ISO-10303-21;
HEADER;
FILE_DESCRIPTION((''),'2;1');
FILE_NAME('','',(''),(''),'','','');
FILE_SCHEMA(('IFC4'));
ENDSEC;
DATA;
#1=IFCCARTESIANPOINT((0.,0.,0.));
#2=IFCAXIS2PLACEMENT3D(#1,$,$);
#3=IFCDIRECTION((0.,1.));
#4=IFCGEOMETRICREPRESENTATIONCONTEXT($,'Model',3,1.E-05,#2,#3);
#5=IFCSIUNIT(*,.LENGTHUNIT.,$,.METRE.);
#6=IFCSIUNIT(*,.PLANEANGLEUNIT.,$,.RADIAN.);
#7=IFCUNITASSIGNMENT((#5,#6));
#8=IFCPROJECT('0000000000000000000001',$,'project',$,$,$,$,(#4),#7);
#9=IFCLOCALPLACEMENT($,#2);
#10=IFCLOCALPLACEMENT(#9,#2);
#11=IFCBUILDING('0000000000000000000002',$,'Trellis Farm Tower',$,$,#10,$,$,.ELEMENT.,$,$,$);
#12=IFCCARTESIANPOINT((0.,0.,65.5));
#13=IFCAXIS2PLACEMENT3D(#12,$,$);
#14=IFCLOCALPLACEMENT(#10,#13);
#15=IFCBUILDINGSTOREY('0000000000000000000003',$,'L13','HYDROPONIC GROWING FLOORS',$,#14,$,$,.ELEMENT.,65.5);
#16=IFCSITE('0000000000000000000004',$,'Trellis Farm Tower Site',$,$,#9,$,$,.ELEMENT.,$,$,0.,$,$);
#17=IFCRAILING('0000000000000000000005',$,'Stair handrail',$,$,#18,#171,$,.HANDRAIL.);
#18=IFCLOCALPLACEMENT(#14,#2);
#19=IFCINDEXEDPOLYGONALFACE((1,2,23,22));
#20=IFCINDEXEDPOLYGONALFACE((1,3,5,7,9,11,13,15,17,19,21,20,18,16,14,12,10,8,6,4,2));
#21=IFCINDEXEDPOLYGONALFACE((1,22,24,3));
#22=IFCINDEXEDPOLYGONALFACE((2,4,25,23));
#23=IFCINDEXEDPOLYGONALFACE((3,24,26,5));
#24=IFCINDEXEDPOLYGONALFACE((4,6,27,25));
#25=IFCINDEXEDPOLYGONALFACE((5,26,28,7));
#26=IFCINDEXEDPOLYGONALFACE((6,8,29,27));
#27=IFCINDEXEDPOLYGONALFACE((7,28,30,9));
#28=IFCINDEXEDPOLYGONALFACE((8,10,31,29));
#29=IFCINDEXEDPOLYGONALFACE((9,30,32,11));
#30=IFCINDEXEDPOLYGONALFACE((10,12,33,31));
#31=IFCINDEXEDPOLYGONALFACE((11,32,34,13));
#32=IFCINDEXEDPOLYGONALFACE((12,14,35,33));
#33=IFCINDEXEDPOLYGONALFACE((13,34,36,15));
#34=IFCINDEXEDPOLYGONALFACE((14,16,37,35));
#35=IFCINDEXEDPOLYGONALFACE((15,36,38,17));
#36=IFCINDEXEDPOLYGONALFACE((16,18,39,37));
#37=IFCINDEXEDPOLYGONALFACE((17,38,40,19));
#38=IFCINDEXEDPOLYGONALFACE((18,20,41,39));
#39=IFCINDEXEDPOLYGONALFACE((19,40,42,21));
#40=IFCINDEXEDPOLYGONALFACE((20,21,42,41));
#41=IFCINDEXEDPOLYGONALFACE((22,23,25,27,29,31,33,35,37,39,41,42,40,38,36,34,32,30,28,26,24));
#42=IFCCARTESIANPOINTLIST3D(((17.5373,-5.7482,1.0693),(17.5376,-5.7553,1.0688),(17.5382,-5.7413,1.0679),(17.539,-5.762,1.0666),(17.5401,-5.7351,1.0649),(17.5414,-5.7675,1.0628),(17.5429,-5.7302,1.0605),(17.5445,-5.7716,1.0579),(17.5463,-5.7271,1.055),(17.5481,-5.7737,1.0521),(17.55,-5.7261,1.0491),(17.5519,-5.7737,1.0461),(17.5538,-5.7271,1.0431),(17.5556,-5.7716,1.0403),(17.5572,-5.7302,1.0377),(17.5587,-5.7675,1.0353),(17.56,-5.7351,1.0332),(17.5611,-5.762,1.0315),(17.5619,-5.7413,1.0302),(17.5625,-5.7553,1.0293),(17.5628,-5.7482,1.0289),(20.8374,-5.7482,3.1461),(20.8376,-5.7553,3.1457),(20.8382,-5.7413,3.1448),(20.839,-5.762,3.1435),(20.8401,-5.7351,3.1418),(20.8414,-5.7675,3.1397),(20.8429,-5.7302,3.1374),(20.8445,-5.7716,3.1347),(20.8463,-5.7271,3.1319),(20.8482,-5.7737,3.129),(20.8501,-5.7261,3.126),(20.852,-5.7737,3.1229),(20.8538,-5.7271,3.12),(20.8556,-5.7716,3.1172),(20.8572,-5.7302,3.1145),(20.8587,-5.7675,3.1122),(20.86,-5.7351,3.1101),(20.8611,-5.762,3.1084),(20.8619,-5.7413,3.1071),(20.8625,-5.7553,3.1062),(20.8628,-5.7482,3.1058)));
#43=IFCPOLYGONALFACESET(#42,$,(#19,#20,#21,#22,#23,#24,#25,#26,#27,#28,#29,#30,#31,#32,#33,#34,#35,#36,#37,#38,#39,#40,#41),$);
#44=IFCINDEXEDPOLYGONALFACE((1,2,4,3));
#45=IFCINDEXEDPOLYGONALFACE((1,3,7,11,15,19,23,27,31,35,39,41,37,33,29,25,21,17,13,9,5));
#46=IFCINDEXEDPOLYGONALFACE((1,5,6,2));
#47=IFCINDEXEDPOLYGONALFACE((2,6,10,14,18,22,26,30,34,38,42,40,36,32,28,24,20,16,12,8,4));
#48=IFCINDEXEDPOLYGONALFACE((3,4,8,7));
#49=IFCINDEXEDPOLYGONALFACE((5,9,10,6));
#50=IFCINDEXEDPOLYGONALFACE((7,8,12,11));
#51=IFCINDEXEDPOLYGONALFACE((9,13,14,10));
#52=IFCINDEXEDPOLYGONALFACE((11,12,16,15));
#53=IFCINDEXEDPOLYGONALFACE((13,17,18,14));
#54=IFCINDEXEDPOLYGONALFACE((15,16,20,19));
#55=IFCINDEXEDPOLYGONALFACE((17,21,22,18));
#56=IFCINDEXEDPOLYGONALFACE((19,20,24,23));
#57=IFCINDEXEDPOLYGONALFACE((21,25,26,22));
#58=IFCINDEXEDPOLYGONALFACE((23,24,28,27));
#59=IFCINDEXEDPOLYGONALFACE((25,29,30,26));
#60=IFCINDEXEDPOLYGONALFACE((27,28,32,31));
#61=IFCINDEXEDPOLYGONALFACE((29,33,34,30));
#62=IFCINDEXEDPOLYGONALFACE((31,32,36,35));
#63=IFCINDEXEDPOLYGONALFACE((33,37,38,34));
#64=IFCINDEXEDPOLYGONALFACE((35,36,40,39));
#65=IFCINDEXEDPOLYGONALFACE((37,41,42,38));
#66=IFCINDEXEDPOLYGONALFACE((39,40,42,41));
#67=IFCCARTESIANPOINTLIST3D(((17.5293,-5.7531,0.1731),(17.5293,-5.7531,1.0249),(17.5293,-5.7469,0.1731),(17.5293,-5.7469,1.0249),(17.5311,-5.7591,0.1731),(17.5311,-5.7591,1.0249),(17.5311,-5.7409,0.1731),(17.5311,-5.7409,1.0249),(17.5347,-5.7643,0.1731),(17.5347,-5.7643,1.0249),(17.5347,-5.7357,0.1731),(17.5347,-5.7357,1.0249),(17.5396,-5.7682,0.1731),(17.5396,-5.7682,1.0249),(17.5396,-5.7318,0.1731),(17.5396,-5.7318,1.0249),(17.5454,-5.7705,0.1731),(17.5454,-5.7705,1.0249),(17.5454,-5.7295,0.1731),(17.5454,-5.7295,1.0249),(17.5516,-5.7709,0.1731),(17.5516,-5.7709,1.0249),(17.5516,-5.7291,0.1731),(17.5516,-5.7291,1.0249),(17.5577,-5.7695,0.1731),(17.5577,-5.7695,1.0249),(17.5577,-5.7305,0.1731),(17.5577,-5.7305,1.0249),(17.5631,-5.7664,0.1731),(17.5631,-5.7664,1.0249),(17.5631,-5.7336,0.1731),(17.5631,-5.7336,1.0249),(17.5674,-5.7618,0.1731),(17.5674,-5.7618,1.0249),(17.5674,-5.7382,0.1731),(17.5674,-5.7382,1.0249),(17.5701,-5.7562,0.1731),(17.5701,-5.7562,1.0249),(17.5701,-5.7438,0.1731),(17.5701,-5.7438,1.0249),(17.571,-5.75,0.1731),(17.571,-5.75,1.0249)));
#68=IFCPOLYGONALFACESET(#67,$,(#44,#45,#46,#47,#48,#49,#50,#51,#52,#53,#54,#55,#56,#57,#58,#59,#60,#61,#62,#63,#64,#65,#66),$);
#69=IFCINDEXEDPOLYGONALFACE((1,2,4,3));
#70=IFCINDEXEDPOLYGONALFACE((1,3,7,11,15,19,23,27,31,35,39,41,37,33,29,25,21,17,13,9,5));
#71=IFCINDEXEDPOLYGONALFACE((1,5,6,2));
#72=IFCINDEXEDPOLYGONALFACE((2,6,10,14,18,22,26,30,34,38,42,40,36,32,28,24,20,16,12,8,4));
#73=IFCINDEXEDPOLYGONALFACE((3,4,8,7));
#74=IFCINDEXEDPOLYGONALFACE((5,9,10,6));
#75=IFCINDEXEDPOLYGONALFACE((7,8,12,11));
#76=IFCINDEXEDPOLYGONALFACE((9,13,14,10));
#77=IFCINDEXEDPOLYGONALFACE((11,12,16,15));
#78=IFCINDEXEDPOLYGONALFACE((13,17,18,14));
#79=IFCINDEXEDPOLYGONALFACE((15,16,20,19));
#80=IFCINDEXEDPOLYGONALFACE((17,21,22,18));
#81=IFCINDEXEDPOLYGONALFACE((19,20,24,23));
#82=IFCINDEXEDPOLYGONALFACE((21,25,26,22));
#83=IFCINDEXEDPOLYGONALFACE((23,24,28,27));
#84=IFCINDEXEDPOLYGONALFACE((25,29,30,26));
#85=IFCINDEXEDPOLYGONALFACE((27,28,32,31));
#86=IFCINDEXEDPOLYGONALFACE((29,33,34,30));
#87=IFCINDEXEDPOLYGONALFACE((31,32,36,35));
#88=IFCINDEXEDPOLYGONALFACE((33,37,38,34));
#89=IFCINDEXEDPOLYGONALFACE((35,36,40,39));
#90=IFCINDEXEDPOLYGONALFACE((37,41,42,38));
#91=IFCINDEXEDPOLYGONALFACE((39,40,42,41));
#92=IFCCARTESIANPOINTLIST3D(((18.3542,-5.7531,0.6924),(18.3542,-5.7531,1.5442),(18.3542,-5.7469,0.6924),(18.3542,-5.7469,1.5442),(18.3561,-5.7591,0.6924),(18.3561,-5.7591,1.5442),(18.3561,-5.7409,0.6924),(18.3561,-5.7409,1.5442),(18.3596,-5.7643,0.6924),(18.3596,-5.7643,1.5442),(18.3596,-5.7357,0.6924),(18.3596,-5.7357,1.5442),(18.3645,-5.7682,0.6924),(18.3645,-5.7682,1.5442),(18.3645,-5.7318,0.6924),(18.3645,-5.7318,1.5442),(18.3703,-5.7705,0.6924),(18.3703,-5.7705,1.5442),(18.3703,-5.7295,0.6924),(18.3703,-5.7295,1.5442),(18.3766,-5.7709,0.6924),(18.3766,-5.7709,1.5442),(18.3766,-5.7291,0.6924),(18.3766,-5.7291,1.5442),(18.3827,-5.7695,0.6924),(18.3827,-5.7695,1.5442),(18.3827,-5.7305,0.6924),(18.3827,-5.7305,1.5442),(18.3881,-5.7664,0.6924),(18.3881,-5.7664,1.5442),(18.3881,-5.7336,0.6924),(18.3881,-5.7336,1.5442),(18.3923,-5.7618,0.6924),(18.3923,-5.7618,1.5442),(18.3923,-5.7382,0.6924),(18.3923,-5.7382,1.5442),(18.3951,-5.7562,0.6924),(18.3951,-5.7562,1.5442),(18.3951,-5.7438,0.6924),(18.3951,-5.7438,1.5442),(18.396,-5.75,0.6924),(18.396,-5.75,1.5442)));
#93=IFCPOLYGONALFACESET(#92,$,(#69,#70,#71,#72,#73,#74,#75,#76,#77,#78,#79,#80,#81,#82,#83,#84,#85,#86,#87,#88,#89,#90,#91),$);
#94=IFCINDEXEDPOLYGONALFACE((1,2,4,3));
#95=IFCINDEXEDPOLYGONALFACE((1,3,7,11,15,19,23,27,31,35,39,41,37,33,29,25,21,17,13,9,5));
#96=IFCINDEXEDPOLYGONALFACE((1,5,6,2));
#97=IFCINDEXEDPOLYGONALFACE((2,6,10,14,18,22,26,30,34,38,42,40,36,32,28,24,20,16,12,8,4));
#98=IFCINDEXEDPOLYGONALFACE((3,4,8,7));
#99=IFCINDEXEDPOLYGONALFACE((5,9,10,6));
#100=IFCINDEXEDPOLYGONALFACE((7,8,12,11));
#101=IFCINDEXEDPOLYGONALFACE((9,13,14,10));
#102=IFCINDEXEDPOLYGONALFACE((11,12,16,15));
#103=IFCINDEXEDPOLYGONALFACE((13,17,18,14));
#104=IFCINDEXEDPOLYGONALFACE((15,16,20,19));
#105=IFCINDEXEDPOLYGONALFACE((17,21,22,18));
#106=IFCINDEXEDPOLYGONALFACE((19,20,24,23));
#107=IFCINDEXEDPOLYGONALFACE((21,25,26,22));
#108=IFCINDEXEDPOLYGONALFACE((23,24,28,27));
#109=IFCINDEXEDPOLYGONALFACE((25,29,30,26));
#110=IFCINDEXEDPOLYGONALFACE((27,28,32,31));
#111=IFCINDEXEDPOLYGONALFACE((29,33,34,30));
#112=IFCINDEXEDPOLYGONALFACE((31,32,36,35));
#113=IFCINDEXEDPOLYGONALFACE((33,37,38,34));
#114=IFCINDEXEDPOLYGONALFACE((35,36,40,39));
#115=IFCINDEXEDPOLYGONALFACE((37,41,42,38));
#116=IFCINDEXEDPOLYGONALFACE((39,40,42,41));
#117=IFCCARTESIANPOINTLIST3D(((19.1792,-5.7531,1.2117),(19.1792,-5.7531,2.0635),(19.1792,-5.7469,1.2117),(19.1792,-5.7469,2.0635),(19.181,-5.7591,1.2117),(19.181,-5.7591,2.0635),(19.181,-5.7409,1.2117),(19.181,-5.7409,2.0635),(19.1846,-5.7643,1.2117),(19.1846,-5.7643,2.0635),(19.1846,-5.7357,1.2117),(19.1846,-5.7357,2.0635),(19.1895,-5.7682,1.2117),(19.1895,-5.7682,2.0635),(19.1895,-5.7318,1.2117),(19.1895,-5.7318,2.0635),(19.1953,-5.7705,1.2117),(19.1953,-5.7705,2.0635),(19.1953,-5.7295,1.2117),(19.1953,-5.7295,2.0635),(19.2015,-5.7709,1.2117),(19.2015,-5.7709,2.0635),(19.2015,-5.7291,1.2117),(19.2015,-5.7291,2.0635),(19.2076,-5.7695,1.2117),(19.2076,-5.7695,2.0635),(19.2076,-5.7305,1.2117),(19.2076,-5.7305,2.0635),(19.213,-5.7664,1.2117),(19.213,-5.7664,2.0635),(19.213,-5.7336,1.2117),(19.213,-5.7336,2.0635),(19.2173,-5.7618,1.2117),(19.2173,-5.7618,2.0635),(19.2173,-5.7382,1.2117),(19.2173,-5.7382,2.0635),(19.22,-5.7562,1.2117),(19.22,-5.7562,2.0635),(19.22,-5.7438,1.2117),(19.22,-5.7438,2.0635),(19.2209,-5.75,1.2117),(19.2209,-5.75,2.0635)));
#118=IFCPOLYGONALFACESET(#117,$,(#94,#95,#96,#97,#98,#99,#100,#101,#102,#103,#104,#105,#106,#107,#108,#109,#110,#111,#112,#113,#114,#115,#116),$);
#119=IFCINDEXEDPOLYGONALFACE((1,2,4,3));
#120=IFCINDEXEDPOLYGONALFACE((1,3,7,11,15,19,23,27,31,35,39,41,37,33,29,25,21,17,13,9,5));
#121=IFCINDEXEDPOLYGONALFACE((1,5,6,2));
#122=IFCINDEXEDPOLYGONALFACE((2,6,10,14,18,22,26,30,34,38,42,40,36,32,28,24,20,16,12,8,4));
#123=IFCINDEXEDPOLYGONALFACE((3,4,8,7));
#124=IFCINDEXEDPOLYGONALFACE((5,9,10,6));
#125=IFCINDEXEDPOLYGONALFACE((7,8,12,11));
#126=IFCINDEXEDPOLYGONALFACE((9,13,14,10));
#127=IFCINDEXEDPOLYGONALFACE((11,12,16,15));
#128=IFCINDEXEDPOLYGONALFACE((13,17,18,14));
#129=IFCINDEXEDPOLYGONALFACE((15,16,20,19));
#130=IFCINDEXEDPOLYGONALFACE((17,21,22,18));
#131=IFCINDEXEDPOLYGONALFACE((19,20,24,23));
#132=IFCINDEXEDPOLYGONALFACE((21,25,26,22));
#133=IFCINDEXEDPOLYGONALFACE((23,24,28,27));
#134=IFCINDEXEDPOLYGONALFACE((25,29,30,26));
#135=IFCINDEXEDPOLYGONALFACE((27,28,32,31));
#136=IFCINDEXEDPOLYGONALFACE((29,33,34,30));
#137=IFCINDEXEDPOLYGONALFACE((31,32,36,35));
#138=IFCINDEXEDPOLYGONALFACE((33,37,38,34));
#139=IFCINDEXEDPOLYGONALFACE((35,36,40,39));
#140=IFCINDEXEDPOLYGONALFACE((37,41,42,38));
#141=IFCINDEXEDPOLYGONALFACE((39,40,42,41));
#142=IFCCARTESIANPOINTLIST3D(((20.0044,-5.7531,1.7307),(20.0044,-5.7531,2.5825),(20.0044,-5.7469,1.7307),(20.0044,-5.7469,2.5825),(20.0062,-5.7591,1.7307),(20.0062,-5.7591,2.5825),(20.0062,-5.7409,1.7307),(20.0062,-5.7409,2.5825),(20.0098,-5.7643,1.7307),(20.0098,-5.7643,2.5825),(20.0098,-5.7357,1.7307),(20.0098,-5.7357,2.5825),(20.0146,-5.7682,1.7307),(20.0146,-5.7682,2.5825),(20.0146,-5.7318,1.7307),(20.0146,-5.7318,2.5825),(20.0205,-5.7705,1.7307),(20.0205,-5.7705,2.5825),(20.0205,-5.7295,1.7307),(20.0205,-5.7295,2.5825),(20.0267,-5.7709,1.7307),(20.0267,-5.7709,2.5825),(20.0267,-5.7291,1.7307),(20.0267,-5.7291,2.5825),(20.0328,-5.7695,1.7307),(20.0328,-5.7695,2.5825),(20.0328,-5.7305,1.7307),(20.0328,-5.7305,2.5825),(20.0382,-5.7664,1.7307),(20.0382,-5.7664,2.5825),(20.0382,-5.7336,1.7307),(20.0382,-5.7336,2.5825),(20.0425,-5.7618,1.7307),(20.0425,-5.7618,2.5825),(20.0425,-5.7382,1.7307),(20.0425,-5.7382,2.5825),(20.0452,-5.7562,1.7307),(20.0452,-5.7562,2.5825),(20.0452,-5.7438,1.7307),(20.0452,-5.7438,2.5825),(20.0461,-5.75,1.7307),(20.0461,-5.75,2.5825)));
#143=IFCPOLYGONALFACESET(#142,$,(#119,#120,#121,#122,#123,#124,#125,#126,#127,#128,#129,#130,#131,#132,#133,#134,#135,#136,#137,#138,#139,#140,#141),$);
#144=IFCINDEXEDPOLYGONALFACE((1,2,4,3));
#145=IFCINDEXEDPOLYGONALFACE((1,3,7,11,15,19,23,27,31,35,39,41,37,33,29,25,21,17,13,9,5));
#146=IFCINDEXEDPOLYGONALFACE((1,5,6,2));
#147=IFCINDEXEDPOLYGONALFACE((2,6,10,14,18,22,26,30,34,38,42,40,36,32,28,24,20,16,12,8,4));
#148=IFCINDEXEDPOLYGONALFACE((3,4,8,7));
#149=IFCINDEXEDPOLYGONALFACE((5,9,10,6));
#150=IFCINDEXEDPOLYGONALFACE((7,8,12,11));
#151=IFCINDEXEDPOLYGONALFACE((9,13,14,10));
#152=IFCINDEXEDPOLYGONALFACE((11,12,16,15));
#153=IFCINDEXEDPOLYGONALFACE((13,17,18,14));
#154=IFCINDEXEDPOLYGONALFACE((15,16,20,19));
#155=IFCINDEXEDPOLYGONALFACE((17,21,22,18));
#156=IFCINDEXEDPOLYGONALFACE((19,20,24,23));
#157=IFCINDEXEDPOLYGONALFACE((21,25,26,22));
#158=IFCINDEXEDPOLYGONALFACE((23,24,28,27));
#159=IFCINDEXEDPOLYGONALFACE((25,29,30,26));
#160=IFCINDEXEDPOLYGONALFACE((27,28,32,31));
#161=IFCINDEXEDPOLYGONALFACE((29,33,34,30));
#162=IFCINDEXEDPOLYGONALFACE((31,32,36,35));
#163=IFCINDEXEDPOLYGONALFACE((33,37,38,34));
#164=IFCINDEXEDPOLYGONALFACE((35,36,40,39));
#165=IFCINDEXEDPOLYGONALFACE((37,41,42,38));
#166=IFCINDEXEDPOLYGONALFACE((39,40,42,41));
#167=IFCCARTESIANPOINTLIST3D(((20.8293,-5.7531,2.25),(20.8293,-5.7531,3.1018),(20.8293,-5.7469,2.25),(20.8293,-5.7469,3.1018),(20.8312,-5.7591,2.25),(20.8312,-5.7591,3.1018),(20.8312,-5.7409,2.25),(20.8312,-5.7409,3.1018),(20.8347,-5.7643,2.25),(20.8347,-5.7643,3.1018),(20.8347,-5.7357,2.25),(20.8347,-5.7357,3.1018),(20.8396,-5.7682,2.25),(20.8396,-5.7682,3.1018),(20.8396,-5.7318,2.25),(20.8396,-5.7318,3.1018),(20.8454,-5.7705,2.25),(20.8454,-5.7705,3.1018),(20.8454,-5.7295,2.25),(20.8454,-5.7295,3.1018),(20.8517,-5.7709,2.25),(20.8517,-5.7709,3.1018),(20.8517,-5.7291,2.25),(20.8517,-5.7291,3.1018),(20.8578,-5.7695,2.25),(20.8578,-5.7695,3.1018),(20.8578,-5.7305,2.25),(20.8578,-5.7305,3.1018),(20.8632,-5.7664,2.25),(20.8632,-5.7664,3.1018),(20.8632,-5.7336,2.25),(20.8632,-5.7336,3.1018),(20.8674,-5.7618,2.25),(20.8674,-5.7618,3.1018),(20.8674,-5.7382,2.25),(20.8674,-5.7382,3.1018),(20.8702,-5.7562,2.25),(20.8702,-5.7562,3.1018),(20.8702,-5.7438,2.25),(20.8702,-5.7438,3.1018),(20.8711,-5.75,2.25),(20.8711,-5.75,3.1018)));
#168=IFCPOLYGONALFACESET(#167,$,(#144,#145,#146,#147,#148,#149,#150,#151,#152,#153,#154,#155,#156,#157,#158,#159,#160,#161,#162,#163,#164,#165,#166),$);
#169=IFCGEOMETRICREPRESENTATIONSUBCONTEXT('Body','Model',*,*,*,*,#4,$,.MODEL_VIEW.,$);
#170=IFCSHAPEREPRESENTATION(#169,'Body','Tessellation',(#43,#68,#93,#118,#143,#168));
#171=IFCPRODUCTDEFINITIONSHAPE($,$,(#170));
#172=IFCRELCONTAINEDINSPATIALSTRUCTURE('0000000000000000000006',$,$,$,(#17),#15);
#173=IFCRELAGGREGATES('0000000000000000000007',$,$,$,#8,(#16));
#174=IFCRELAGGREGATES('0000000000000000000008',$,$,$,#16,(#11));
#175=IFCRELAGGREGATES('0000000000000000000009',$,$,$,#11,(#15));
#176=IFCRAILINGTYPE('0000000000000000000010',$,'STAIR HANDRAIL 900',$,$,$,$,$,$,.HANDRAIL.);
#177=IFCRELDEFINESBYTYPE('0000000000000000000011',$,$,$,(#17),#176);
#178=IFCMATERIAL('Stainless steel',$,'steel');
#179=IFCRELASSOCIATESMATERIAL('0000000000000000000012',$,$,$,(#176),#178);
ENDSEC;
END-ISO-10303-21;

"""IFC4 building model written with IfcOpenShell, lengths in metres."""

from ifc_helpers import new_model, si_unit, direction, frame, origin, origin_2d, place, context, subcontext, project, spatial, circle, extrude, source, transform, mapped, material, type_object, element, save


model = new_model("IFC4")

# Units and contexts
model_context = context("Model", 3, precision=1e-05, world=origin(), true_north=direction((0.0, 1.0)))
body_context = subcontext(model_context, "Body", "Model", "MODEL_VIEW")
ifc_project = project(units=[si_unit("LENGTHUNIT", "METRE"), si_unit("PLANEANGLEUNIT", "RADIAN")], contexts=[model_context])

# Site, building, storey
site_placement = place(None, origin())
site = spatial("IfcSite", under=ifc_project, at=site_placement, Name="Trellis Farm Tower Site", CompositionType="ELEMENT", RefElevation=0.0)
building_placement = place(site_placement, origin())
building = spatial("IfcBuilding", under=site, at=building_placement, Name="Trellis Farm Tower", CompositionType="ELEMENT")
storey_placement = place(building_placement, frame((0.0, 0.0, 65.5)))
storey = spatial("IfcBuildingStorey", under=building, at=storey_placement, Name="L13", Description="HYDROPONIC GROWING FLOORS", CompositionType="ELEMENT", Elevation=65.5)

# Railing
ifc_material_1 = material(Name="Stainless steel", Category="steel")
railing_type = type_object("IfcRailingType", Name="STAIR HANDRAIL 900", PredefinedType="HANDRAIL", material=ifc_material_1)
shared_shape_1 = source(origin(), body_context, "Body", "SweptSolid", [
    extrude(circle(Radius=0.0239, at=origin_2d()), frame((0.0, 0.0, 0.876), z_axis=(0.846337, 0.0, 0.532647), x_axis=(0.0, 1.0, 0.0)), (0.0, 0.0, 1.0), 3.8992),
    extrude(circle(Radius=0.021, at=origin_2d()), origin(), (0.0, 0.0, 1.0), 0.8518),
    extrude(circle(Radius=0.021, at=origin_2d()), frame((0.825, 0.0, 0.5193)), (0.0, 0.0, 1.0), 0.8518),
    extrude(circle(Radius=0.021, at=origin_2d()), frame((1.6499, 0.0, 1.0386)), (0.0, 0.0, 1.0), 0.8518),
    extrude(circle(Radius=0.021, at=origin_2d()), frame((2.4751, 0.0, 1.5576)), (0.0, 0.0, 1.0), 0.8518),
    extrude(circle(Radius=0.021, at=origin_2d()), frame((3.3, 0.0, 2.0769)), (0.0, 0.0, 1.0), 0.8518),
])
railing_placement = place(storey_placement, frame((17.55, -5.75, 0.1731)))
element("IfcRailing", 1, at=railing_placement, inside=storey, type_object=railing_type, Name="Stair handrail", PredefinedType="HANDRAIL", context=body_context, shape_type="MappedRepresentation", body=[
    mapped(shared_shape_1, transform((0.0, 0.0, 0.0))),
])

save(model, "model.ifc")
